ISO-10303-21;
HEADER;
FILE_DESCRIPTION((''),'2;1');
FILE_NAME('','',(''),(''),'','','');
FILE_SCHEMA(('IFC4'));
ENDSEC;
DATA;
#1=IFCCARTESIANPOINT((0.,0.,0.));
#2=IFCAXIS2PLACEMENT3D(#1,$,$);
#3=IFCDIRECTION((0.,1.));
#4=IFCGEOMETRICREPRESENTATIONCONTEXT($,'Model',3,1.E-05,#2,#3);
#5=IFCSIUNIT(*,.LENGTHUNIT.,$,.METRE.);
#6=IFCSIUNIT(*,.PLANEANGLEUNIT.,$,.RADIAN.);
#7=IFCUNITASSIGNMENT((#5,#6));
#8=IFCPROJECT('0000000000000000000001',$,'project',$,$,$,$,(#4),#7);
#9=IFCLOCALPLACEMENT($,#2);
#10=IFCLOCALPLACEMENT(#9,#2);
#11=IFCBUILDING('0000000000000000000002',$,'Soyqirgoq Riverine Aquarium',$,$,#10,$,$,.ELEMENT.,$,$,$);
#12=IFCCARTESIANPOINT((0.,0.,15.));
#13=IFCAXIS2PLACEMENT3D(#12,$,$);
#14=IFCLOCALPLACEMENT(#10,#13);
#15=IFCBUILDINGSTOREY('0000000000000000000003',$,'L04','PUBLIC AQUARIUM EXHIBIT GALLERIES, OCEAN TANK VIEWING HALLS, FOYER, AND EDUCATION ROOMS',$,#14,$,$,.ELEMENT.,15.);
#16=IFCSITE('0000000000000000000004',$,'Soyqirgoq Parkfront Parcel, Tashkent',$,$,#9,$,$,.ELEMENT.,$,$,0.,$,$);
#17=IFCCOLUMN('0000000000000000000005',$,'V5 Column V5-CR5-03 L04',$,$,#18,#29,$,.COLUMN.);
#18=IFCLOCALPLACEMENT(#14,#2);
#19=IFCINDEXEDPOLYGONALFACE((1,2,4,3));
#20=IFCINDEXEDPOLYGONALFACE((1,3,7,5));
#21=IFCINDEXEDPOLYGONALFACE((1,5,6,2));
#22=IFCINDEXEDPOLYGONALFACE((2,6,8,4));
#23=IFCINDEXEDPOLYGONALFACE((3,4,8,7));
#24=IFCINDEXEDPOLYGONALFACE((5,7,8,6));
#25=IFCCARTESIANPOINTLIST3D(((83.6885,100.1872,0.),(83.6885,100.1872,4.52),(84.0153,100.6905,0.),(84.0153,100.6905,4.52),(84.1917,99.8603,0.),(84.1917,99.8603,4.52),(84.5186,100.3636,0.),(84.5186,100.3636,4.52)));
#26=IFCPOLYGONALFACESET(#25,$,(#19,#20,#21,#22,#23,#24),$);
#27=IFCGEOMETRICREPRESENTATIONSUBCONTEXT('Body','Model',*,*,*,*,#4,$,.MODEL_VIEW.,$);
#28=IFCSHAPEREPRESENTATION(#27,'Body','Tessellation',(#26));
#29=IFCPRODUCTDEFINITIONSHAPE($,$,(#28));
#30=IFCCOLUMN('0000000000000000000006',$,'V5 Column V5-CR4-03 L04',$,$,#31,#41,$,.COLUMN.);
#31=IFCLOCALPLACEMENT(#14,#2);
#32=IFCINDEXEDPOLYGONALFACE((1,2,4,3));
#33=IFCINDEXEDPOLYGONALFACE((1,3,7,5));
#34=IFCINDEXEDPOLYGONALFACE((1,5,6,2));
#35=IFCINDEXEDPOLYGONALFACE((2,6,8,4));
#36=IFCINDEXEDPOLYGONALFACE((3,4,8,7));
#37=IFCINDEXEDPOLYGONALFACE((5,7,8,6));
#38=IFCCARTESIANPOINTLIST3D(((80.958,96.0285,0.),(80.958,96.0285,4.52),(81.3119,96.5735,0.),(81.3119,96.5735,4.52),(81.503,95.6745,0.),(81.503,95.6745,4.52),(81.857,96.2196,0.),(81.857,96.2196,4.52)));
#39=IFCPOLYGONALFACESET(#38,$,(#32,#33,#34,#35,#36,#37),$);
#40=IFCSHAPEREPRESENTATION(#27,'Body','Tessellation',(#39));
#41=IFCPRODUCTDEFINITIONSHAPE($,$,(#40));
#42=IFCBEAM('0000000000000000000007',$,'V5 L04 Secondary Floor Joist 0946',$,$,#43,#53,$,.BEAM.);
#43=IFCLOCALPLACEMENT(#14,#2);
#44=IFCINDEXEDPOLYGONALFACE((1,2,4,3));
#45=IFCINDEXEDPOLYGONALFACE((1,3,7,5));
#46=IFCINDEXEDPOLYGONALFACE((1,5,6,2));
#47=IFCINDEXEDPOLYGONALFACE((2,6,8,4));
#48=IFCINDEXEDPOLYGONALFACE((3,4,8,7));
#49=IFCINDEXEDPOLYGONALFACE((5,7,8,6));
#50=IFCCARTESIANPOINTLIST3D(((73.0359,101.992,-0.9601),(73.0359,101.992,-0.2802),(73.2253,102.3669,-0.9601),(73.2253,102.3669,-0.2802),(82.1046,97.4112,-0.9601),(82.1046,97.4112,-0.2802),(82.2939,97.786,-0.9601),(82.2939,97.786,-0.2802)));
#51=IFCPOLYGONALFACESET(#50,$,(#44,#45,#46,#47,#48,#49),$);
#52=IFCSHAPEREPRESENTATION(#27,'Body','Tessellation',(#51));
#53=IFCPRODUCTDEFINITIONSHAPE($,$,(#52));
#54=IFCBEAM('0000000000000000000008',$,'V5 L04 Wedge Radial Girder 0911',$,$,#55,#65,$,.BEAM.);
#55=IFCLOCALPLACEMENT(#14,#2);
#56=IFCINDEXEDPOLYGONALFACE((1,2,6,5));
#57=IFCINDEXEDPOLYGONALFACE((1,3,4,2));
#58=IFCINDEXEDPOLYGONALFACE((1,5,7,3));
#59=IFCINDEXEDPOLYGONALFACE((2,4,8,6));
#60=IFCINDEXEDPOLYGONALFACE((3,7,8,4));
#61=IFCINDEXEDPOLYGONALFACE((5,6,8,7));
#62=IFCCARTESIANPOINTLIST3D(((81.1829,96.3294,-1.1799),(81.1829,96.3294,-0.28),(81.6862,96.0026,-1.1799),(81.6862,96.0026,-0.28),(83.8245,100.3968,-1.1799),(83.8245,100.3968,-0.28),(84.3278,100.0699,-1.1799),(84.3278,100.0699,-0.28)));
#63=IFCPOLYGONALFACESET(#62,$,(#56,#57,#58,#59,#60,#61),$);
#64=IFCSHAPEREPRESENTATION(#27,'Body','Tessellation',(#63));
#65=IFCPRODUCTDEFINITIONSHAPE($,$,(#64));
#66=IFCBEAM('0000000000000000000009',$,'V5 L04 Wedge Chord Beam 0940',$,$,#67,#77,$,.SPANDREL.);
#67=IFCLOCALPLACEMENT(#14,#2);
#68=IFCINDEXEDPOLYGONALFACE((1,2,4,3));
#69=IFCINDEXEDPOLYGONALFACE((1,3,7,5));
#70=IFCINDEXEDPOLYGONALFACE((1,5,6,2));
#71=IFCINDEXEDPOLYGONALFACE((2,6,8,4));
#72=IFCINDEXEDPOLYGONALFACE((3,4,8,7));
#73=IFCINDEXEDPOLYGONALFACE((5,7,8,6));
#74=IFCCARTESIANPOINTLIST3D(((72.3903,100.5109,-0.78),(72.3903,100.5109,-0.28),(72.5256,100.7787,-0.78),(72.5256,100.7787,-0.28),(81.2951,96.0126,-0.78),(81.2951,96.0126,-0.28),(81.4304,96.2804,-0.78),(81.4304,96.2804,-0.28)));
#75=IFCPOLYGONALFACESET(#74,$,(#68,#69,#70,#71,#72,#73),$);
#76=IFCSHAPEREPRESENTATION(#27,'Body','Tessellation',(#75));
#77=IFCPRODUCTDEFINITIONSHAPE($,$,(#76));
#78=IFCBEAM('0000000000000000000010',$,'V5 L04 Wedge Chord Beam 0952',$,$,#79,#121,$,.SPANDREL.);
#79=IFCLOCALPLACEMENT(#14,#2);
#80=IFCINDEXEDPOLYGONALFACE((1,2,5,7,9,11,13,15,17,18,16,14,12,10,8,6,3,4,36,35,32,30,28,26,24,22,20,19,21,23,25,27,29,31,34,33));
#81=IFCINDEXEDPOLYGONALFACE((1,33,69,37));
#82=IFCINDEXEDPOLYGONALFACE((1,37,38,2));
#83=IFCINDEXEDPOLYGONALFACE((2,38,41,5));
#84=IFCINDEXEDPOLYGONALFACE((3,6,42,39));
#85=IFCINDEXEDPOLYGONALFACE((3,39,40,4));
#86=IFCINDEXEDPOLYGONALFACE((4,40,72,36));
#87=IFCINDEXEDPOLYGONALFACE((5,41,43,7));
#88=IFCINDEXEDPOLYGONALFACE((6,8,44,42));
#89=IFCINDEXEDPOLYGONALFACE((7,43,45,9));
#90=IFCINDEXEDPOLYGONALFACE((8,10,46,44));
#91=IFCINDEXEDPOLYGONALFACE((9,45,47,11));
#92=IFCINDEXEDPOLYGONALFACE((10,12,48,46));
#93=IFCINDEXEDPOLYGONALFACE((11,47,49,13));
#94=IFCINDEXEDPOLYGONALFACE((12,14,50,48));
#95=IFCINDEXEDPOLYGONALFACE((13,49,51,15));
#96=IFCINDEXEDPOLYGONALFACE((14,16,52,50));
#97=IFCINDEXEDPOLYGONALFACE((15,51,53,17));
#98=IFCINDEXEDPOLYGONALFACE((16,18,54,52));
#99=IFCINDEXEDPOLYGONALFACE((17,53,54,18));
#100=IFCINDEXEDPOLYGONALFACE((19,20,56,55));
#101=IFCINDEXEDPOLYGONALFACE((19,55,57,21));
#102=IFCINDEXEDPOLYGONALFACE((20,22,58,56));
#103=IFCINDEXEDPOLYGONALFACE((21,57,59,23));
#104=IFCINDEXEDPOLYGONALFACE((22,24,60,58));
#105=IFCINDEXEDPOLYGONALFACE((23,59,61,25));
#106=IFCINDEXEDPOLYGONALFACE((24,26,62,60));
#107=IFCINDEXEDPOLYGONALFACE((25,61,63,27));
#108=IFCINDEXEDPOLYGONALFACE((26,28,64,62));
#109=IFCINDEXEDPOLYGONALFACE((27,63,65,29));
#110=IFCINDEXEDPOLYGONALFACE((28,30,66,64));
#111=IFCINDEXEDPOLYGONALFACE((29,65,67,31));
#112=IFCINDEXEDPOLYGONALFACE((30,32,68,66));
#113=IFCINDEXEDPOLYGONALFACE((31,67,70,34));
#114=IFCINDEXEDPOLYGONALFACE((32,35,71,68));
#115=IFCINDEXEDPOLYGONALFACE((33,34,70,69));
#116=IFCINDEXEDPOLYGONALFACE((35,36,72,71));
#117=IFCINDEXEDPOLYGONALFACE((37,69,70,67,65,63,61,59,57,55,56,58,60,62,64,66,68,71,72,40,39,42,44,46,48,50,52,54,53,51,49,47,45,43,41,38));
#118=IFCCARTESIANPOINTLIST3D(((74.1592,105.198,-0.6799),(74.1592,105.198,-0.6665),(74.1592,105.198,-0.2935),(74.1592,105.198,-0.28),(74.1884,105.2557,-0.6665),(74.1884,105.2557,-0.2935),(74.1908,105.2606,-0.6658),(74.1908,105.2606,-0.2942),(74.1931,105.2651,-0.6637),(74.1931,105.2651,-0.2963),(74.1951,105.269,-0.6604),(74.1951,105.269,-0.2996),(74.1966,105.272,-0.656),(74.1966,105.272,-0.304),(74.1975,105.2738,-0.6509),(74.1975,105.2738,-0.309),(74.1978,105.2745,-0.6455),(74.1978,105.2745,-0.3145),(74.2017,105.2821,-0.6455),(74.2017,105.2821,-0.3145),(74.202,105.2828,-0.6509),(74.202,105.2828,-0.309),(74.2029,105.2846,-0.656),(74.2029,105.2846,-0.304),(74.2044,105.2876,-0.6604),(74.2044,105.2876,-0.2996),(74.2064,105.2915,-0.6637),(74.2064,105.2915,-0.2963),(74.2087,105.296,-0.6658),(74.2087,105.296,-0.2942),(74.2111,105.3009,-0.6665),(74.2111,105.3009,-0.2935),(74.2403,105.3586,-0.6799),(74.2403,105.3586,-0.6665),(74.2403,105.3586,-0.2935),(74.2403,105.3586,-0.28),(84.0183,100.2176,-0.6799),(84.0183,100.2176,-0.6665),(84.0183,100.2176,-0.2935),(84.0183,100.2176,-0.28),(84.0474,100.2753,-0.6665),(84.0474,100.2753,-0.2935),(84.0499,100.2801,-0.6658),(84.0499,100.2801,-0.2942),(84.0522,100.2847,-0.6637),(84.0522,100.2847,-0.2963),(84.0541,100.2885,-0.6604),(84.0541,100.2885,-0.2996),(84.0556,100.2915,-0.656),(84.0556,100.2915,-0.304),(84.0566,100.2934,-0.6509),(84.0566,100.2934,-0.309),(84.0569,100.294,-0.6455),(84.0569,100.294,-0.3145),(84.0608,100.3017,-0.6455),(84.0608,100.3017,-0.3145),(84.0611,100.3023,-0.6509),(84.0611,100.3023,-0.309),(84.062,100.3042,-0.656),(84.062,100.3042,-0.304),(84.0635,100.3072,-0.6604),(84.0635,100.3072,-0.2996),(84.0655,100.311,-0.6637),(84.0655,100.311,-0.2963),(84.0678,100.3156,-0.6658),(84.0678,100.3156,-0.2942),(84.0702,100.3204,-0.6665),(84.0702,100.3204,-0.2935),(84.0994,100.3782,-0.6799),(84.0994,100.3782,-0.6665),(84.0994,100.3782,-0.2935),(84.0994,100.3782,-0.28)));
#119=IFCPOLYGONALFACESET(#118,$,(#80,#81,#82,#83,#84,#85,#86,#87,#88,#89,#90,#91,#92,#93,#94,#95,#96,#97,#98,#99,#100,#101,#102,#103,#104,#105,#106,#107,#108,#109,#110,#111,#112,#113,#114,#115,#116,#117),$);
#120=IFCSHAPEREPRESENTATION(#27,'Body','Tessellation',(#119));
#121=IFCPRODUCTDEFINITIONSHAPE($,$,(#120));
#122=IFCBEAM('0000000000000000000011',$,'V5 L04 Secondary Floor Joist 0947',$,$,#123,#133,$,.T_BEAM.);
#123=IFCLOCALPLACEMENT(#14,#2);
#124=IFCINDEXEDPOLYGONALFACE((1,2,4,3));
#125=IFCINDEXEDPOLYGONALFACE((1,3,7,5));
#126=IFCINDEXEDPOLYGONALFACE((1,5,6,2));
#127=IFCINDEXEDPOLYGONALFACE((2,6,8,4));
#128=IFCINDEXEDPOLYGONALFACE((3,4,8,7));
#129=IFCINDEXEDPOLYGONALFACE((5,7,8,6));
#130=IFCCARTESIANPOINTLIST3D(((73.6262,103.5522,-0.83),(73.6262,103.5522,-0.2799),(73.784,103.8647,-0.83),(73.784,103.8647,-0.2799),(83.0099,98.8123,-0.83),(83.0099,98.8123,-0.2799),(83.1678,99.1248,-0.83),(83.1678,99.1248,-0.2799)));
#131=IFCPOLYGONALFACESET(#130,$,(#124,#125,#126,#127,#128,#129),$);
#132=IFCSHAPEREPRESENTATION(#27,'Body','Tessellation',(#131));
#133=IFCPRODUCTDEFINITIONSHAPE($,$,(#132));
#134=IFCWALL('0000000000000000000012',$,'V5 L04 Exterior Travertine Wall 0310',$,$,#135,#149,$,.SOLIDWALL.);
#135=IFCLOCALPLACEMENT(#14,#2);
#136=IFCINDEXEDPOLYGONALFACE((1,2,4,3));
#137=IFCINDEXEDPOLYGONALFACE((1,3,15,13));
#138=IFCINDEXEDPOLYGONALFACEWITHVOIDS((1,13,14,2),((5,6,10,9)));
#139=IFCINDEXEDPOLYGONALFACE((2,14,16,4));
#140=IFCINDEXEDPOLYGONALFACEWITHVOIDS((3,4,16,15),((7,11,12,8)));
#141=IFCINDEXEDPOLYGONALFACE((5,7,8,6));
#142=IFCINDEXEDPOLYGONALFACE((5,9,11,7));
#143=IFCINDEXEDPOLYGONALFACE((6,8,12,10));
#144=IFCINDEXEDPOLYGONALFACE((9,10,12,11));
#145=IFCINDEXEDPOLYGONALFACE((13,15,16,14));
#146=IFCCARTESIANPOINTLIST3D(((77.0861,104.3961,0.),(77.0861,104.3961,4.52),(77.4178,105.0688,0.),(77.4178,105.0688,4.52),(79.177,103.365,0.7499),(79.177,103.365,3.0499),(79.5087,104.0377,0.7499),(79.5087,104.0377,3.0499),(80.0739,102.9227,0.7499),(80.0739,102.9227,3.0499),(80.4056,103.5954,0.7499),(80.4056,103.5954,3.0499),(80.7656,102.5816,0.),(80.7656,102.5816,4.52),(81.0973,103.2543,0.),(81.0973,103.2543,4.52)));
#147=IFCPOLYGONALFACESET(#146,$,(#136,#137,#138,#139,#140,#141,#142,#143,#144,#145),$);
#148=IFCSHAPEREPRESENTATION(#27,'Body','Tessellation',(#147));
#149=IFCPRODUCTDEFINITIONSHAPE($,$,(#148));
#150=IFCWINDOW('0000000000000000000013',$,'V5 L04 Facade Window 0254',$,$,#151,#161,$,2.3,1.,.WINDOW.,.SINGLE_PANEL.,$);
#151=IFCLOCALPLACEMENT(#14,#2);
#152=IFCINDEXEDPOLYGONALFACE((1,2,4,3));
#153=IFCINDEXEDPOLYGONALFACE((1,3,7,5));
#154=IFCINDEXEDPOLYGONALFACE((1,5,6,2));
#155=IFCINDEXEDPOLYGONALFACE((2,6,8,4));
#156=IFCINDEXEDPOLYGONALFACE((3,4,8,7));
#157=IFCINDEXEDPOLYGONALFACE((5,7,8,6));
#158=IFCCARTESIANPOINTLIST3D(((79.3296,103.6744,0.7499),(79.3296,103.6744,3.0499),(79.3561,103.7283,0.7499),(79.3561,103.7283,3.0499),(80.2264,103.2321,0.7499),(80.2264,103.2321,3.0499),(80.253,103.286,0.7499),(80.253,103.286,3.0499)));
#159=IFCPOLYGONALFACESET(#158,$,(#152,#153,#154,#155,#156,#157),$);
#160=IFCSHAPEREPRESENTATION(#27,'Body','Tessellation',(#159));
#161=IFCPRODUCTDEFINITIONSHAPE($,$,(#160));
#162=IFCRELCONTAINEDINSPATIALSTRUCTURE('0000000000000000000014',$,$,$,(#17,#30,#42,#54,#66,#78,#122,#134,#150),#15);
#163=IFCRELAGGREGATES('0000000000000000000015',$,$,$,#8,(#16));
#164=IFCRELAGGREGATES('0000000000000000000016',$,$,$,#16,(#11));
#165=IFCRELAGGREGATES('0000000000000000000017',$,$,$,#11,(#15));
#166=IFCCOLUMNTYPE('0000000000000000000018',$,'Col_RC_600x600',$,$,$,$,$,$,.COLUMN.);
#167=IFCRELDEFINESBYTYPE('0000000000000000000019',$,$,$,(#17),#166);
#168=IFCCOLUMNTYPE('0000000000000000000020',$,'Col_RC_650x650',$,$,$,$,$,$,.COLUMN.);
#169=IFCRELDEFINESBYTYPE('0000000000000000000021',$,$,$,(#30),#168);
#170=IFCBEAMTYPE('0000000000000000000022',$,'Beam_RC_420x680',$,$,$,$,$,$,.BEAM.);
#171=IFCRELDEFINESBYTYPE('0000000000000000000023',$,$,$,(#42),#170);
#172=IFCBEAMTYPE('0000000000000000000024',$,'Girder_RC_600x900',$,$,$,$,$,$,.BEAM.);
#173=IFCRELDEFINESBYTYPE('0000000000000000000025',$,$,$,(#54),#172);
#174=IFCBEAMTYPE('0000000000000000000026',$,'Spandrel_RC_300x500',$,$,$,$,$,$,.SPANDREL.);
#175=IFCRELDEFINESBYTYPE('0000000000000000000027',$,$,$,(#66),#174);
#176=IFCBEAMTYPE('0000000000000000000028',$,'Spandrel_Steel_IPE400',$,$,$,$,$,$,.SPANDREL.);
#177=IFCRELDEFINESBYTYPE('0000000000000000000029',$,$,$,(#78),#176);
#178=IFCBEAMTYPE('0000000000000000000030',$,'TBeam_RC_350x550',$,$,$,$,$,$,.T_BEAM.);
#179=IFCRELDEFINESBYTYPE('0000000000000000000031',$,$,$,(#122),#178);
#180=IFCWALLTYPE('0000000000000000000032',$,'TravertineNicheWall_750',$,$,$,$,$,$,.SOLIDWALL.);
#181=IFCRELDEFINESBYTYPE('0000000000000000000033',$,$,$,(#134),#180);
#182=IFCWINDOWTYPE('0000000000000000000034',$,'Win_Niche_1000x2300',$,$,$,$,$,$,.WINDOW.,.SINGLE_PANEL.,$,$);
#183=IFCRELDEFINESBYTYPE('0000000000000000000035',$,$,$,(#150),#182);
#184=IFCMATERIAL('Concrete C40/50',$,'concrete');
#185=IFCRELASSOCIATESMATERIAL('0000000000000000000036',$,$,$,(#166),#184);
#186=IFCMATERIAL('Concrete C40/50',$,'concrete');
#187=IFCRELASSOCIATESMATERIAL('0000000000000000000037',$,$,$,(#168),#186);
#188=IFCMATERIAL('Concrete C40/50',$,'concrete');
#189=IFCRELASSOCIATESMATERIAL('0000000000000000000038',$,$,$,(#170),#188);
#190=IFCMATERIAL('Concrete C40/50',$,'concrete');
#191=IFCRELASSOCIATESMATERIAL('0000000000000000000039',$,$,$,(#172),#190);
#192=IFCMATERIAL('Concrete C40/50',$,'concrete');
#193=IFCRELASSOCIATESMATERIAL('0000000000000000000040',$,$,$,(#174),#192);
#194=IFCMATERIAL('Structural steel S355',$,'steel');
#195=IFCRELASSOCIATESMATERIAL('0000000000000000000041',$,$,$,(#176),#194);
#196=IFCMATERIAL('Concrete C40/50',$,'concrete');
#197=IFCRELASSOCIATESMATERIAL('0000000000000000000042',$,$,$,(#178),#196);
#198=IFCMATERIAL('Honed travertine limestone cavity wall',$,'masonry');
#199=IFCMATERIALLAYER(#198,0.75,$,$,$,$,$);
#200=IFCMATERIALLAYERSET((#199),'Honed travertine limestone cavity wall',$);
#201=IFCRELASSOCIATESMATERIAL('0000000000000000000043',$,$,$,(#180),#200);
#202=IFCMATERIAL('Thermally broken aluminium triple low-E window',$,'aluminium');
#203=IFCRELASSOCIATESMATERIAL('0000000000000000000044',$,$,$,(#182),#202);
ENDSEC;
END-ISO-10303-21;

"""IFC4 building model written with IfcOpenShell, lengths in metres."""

from ifc_helpers import new_model, si_unit, direction, frame, frame_2d, origin, origin_2d, place, context, subcontext, project, spatial, rectangle, i_section, extrude, material, layer, layer_set, material_profile, profile_set, type_object, element, fill, save


model = new_model("IFC4")

# Units and contexts
model_context = context("Model", 3, precision=1e-05, world=origin(), true_north=direction((0.0, 1.0)))
body_context = subcontext(model_context, "Body", "Model", "MODEL_VIEW")
ifc_project = project(units=[si_unit("LENGTHUNIT", "METRE"), si_unit("PLANEANGLEUNIT", "RADIAN")], contexts=[model_context])

# Site, building, storey
site_placement = place(None, origin())
site = spatial("IfcSite", under=ifc_project, at=site_placement, Name="Soyqirgoq Parkfront Parcel, Tashkent", CompositionType="ELEMENT", RefElevation=0.0)
building_placement = place(site_placement, origin())
building = spatial("IfcBuilding", under=site, at=building_placement, Name="Soyqirgoq Riverine Aquarium", CompositionType="ELEMENT")
storey_placement = place(building_placement, frame((0.0, 0.0, 15.0)))
storey = spatial("IfcBuildingStorey", under=building, at=storey_placement, Name="L04", Description="PUBLIC AQUARIUM EXHIBIT GALLERIES, OCEAN TANK VIEWING HALLS, FOYER, AND EDUCATION ROOMS", CompositionType="ELEMENT", Elevation=15.0)

# Columns
ifc_material_1 = material(Name="Concrete C40/50", Category="concrete")
ifc_material_profile_1 = material_profile(ifc_material_1, rectangle(XDim=0.6001, YDim=0.6001, at=origin_2d()), Name="RC 600x600")
ifc_profile_set_1 = profile_set([ifc_material_profile_1], Name="Concrete C40/50")
column_type_1 = type_object("IfcColumnType", Name="Col_RC_600x600", PredefinedType="COLUMN", material=ifc_profile_set_1)
column_1_placement = place(storey_placement, frame((84.1035, 100.2754, 0.0), z_axis=(0.0, 0.0, 1.0), x_axis=(0.544639, 0.838671, 0.0)))
element("IfcColumn", 1, at=column_1_placement, inside=storey, type_object=column_type_1, Name="V5 Column V5-CR5-03 L04", PredefinedType="COLUMN", context=body_context, shape_type="SweptSolid", body=[
    extrude(rectangle(XDim=0.6001, YDim=0.6001, at=origin_2d()), origin(), (0.0, 0.0, 1.0), 4.52),
])
ifc_material_2 = material(Name="Concrete C40/50", Category="concrete")
ifc_material_profile_2 = material_profile(ifc_material_2, rectangle(XDim=0.6499, YDim=0.6499, at=origin_2d()), Name="RC 650x650")
ifc_profile_set_2 = profile_set([ifc_material_profile_2], Name="Concrete C40/50")
column_type_2 = type_object("IfcColumnType", Name="Col_RC_650x650", PredefinedType="COLUMN", material=ifc_profile_set_2)
column_2_placement = place(storey_placement, frame((81.4075, 96.124, 0.0), z_axis=(0.0, 0.0, 1.0), x_axis=(0.544639, 0.838671, 0.0)))
element("IfcColumn", 2, at=column_2_placement, inside=storey, type_object=column_type_2, Name="V5 Column V5-CR4-03 L04", PredefinedType="COLUMN", context=body_context, shape_type="SweptSolid", body=[
    extrude(rectangle(XDim=0.6499, YDim=0.6499, at=origin_2d()), origin(), (0.0, 0.0, 1.0), 4.52),
])

# Beams
ifc_material_3 = material(Name="Concrete C40/50", Category="concrete")
ifc_material_profile_3 = material_profile(ifc_material_3, rectangle(XDim=0.4199, YDim=0.6799, at=origin_2d()), Name="RC 420x680")
ifc_profile_set_3 = profile_set([ifc_material_profile_3], Name="Concrete C40/50")
beam_type_1 = type_object("IfcBeamType", Name="Beam_RC_420x680", PredefinedType="BEAM", material=ifc_profile_set_3)
beam_1_placement = place(storey_placement, frame((82.1992, 97.5986, -0.6201), z_axis=(-0.892589, 0.450872, 0.0), x_axis=(-0.450872, -0.892589, 0.0)))
element("IfcBeam", 3, at=beam_1_placement, inside=storey, type_object=beam_type_1, Name="V5 L04 Secondary Floor Joist 0946", PredefinedType="BEAM", context=body_context, shape_type="SweptSolid", body=[
    extrude(rectangle(XDim=0.4199, YDim=0.6799, at=origin_2d()), origin(), (0.0, 0.0, 1.0), 10.1599),
])
ifc_material_4 = material(Name="Concrete C40/50", Category="concrete")
ifc_material_profile_4 = material_profile(ifc_material_4, rectangle(XDim=0.6001, YDim=0.8999, at=origin_2d()), Name="RC 600x900")
ifc_profile_set_4 = profile_set([ifc_material_profile_4], Name="Concrete C40/50")
beam_type_2 = type_object("IfcBeamType", Name="Girder_RC_600x900", PredefinedType="BEAM", material=ifc_profile_set_4)
beam_2_placement = place(storey_placement, frame((81.4346, 96.166, -0.73), z_axis=(0.54467, 0.838651, 0.0), x_axis=(-0.838651, 0.54467, 0.0)))
element("IfcBeam", 4, at=beam_2_placement, inside=storey, type_object=beam_type_2, Name="V5 L04 Wedge Radial Girder 0911", PredefinedType="BEAM", context=body_context, shape_type="SweptSolid", body=[
    extrude(rectangle(XDim=0.6001, YDim=0.8999, at=origin_2d()), origin(), (0.0, 0.0, 1.0), 4.8499),
])
ifc_material_5 = material(Name="Concrete C40/50", Category="concrete")
ifc_material_profile_5 = material_profile(ifc_material_5, rectangle(XDim=0.3, YDim=0.5, at=origin_2d()), Name="RC 300x500")
ifc_profile_set_5 = profile_set([ifc_material_profile_5], Name="Concrete C40/50")
beam_type_3 = type_object("IfcBeamType", Name="Spandrel_RC_300x500", PredefinedType="SPANDREL", material=ifc_profile_set_5)
beam_3_placement = place(storey_placement, frame((81.3628, 96.1465, -0.53), z_axis=(-0.892579, 0.45089, 0.0), x_axis=(-0.45089, -0.892579, 0.0)))
element("IfcBeam", 5, at=beam_3_placement, inside=storey, type_object=beam_type_3, Name="V5 L04 Wedge Chord Beam 0940", PredefinedType="SPANDREL", context=body_context, shape_type="SweptSolid", body=[
    extrude(rectangle(XDim=0.3, YDim=0.5, at=origin_2d()), origin(), (0.0, 0.0, 1.0), 9.9766),
])
ifc_material_6 = material(Name="Structural steel S355", Category="steel")
ifc_material_profile_6 = material_profile(ifc_material_6, i_section(OverallWidth=0.1799, OverallDepth=0.3999, WebThickness=0.0085, FlangeThickness=0.0134, FilletRadius=0.021, at=origin_2d()), Name="IPE 400")
ifc_profile_set_6 = profile_set([ifc_material_profile_6], Name="Structural steel S355")
beam_type_4 = type_object("IfcBeamType", Name="Spandrel_Steel_IPE400", PredefinedType="SPANDREL", material=ifc_profile_set_6)
beam_4_placement = place(storey_placement, frame((84.0588, 100.2979, -0.48), z_axis=(-0.892576, 0.450897, 0.0), x_axis=(-0.450897, -0.892576, 0.0)))
element("IfcBeam", 6, at=beam_4_placement, inside=storey, type_object=beam_type_4, Name="V5 L04 Wedge Chord Beam 0952", PredefinedType="SPANDREL", context=body_context, shape_type="SweptSolid", body=[
    extrude(i_section(OverallWidth=0.1799, OverallDepth=0.3999, WebThickness=0.0085, FlangeThickness=0.0134, FilletRadius=0.021, at=origin_2d()), origin(), (0.0, 0.0, 1.0), 11.0457),
])
ifc_material_7 = material(Name="Concrete C40/50", Category="concrete")
ifc_material_profile_7 = material_profile(ifc_material_7, rectangle(XDim=0.3501, YDim=0.55, at=origin_2d()), Name="RC 350x550")
ifc_profile_set_7 = profile_set([ifc_material_profile_7], Name="Concrete C40/50")
beam_type_5 = type_object("IfcBeamType", Name="TBeam_RC_350x550", PredefinedType="T_BEAM", material=ifc_profile_set_7)
beam_5_placement = place(storey_placement, frame((83.0889, 98.9685, -0.5549), z_axis=(-0.89259, 0.45087, 0.0), x_axis=(-0.45087, -0.89259, 0.0)))
element("IfcBeam", 7, at=beam_5_placement, inside=storey, type_object=beam_type_5, Name="V5 L04 Secondary Floor Joist 0947", PredefinedType="T_BEAM", context=body_context, shape_type="SweptSolid", body=[
    extrude(rectangle(XDim=0.3501, YDim=0.55, at=origin_2d()), origin(), (0.0, 0.0, 1.0), 10.5129),
])

# Wall, opening, window
ifc_material_8 = material(Name="Honed travertine limestone cavity wall", Category="masonry")
ifc_layer = layer(ifc_material_8, 0.75)
ifc_layer_set = layer_set([ifc_layer], Name="Honed travertine limestone cavity wall")
wall_type = type_object("IfcWallType", Name="TravertineNicheWall_750", PredefinedType="SOLIDWALL", material=ifc_layer_set)
wall_1_placement = place(storey_placement, frame((77.252, 104.7324, 0.0), z_axis=(0.0, 0.0, 1.0), x_axis=(0.896877, -0.442279, 0.0)))
wall_1 = element("IfcWall", 8, at=wall_1_placement, inside=storey, type_object=wall_type, Name="V5 L04 Exterior Travertine Wall 0310", PredefinedType="SOLIDWALL", context=body_context, shape_type="SweptSolid", body=[
    extrude(rectangle(XDim=4.1025, YDim=0.75, at=frame_2d((2.0513, 0.0))), origin(), (0.0, 0.0, 1.0), 4.52),
])
opening_1_placement = place(wall_1_placement, frame((2.3313, 0.0, 0.75)))
opening_1 = element("IfcOpeningElement", 9, at=opening_1_placement, cuts=wall_1, PredefinedType="OPENING", context=body_context, shape_type="SweptSolid", body=[
    extrude(rectangle(XDim=1.0, YDim=2.3, at=frame_2d((0.5, 1.1499))), frame((0.0, 0.385, 0.0), z_axis=(0.0, -1.0, 0.0), x_axis=(1.0, 0.0, 0.0)), (0.0, 0.0, 1.0), 0.77),
])
ifc_material_9 = material(Name="Thermally broken aluminium triple low-E window", Category="aluminium")
window_type_1 = type_object("IfcWindowType", Name="Win_Niche_1000x2300", PartitioningType="SINGLE_PANEL", PredefinedType="WINDOW", material=ifc_material_9)
window_1_placement = place(opening_1_placement, origin())
window_1 = element("IfcWindow", 10, at=window_1_placement, inside=storey, type_object=window_type_1, Name="V5 L04 Facade Window 0254", OverallHeight=2.3, OverallWidth=1.0, PartitioningType="SINGLE_PANEL", PredefinedType="WINDOW", context=body_context, shape_type="SweptSolid", body=[
    extrude(rectangle(XDim=1.0, YDim=2.3, at=frame_2d((0.5, 1.1499))), frame((0.0, 0.03, 0.0), z_axis=(0.0, -1.0, 0.0), x_axis=(1.0, 0.0, 0.0)), (0.0, 0.0, 1.0), 0.0601),
])
fill(opening_1, window_1)

save(model, "model.ifc")
